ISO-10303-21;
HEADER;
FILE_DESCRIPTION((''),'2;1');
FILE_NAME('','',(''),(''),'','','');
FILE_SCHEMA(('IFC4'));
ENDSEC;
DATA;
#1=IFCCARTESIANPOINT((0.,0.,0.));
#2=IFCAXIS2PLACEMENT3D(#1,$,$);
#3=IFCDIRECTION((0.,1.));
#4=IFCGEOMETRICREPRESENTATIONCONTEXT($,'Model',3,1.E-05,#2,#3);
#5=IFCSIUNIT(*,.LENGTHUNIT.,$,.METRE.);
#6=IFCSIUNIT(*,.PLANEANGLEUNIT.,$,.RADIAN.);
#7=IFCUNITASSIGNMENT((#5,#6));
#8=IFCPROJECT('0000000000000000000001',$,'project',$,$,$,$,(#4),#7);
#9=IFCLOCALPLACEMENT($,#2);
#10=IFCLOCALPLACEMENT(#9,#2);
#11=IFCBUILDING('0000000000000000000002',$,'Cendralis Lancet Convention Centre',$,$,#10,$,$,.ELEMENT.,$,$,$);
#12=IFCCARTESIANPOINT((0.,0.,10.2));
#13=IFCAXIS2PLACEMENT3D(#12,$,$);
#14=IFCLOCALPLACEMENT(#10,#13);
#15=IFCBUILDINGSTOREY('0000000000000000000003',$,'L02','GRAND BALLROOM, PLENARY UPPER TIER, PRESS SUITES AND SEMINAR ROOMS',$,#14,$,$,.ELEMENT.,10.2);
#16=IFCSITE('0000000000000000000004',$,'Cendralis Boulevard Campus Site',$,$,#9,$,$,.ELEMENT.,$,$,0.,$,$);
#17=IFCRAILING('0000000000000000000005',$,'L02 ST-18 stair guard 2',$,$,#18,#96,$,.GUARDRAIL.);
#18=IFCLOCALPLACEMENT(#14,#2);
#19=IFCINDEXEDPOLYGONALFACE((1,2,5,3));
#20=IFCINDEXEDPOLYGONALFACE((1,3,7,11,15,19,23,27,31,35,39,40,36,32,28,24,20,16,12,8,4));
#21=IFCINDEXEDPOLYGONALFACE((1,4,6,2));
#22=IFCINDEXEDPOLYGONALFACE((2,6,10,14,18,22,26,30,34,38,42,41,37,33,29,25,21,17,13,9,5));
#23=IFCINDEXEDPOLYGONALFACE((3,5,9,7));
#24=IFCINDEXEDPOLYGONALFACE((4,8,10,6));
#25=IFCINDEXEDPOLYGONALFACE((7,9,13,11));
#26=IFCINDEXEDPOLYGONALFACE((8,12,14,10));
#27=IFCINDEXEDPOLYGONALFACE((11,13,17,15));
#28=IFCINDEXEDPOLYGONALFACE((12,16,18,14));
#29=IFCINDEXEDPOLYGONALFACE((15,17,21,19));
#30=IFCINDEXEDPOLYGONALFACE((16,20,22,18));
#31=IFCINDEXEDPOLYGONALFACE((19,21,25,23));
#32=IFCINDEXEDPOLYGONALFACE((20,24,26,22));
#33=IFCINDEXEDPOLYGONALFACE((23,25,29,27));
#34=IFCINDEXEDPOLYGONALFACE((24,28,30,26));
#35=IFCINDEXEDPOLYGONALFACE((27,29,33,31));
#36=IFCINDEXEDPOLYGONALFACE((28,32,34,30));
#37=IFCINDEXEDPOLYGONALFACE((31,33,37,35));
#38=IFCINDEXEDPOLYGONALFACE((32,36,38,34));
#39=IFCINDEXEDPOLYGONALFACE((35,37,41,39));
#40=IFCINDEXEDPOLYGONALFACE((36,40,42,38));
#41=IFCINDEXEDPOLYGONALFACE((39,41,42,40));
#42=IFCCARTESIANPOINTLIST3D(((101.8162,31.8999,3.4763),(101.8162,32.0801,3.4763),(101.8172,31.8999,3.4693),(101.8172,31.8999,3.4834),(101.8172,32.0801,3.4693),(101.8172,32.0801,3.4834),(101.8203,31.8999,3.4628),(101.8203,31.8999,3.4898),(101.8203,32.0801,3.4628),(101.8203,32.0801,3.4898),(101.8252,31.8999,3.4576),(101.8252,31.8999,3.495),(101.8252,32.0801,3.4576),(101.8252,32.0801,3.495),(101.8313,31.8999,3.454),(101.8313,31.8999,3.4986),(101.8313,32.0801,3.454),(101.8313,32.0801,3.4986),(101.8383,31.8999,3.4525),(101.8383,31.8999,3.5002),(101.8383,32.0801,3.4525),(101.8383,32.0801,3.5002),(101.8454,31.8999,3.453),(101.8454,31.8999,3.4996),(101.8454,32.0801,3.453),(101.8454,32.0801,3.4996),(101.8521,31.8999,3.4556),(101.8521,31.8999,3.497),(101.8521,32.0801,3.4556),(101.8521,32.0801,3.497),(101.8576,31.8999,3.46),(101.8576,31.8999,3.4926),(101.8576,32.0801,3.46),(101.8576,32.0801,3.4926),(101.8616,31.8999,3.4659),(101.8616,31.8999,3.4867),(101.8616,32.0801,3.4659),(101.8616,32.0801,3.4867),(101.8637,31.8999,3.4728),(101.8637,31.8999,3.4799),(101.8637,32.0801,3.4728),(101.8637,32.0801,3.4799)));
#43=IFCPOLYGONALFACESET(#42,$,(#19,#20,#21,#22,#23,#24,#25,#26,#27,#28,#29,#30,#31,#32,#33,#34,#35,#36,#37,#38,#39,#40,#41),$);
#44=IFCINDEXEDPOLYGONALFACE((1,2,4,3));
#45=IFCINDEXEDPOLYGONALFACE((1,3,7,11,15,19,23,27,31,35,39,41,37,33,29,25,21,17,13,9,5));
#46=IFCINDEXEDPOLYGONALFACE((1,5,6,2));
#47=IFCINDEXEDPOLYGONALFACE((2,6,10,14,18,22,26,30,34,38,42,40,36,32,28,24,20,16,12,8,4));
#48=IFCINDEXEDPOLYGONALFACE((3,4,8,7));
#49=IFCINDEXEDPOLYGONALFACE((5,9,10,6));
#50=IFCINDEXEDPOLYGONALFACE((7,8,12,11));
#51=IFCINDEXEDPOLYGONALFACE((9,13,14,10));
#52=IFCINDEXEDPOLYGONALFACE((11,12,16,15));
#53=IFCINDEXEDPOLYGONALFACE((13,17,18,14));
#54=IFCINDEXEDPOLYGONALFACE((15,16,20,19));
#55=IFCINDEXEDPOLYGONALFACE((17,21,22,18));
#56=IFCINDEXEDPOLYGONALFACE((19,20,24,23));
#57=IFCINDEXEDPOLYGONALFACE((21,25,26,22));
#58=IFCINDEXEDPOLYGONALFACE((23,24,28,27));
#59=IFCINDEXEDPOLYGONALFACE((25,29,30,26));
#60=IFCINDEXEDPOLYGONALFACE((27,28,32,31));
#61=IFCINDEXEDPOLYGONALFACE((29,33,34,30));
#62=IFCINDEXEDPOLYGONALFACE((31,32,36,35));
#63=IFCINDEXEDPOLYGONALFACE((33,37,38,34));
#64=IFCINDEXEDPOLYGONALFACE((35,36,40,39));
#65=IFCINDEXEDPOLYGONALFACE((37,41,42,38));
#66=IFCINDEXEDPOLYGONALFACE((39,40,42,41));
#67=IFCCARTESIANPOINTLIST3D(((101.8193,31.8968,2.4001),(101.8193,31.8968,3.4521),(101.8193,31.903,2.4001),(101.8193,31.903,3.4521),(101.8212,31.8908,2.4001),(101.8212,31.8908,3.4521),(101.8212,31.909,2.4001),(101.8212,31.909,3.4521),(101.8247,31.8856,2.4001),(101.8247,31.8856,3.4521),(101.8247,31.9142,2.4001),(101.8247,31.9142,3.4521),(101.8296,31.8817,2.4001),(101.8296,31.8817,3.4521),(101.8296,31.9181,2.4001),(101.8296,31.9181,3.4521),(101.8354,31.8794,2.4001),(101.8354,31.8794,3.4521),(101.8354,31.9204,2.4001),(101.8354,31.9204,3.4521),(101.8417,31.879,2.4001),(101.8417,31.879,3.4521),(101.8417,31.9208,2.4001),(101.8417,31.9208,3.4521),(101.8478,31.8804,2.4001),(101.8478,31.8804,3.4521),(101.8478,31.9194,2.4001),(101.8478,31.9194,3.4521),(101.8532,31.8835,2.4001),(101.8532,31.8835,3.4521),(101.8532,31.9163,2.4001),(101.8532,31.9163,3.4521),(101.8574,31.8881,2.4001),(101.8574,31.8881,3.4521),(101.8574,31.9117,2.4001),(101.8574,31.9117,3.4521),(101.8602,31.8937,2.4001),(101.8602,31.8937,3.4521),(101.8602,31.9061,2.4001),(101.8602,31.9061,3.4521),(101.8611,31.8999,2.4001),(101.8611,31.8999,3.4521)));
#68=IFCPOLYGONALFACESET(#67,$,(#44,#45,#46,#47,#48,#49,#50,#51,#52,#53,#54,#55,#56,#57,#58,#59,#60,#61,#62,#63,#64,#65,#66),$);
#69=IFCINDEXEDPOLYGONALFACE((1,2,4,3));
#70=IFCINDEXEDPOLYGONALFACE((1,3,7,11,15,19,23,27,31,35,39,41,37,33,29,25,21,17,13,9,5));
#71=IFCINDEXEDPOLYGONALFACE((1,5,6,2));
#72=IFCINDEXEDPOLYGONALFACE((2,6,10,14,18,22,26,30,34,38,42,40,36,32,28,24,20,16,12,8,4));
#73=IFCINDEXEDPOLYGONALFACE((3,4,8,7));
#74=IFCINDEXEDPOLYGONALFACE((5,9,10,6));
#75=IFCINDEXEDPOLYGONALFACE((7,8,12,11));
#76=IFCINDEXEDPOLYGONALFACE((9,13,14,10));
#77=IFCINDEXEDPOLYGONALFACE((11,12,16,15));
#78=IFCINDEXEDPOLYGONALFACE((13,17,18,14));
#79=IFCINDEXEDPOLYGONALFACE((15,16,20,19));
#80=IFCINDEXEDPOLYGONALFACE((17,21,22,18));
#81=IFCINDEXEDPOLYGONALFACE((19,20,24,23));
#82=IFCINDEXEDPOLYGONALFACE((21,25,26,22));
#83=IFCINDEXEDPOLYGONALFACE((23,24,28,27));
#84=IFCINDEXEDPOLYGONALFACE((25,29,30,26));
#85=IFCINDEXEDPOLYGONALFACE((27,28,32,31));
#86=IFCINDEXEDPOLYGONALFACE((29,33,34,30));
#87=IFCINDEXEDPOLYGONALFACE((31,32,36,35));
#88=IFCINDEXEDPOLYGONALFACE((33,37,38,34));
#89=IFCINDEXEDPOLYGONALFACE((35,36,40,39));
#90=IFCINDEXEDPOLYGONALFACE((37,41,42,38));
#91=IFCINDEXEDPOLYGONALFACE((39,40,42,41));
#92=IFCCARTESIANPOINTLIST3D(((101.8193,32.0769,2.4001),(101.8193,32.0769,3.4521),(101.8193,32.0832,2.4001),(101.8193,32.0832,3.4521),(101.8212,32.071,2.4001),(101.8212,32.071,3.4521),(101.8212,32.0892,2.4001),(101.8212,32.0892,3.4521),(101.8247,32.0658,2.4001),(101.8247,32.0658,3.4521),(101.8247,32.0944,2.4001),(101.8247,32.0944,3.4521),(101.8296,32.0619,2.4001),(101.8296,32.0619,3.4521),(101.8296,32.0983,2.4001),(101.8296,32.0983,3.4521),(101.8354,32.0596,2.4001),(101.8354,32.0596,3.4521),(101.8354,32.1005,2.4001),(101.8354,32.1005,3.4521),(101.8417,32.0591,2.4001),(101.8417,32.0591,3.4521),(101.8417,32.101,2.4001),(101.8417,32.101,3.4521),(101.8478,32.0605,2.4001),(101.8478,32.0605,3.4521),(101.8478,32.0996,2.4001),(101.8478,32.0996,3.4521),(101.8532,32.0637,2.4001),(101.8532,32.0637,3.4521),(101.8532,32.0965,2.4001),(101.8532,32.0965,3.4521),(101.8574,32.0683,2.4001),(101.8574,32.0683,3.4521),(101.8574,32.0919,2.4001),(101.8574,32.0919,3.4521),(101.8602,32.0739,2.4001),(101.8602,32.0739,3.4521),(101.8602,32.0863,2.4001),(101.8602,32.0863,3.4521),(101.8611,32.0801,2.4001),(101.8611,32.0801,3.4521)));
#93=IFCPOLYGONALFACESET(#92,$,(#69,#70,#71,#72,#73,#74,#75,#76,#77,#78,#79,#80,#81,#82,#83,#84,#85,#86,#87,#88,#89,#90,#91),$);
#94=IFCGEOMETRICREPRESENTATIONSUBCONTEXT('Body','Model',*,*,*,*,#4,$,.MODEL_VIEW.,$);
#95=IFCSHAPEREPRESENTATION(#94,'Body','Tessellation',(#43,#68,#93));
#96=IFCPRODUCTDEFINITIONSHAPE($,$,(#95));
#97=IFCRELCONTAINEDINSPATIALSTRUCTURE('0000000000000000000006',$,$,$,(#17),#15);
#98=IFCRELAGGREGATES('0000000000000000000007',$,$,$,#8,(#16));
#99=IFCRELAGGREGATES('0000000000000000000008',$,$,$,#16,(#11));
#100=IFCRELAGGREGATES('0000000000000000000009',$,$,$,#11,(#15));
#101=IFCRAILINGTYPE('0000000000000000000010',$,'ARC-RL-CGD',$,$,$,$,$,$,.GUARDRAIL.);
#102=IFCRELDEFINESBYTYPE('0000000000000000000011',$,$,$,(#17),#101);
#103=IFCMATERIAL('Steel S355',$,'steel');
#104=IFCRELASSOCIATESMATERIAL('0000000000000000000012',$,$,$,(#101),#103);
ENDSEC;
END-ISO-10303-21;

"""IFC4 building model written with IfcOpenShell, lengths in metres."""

from ifc_helpers import new_model, si_unit, direction, frame, origin, origin_2d, place, context, subcontext, project, spatial, circle, extrude, material, type_object, element, save


model = new_model("IFC4")

# Units and contexts
model_context = context("Model", 3, precision=1e-05, world=origin(), true_north=direction((0.0, 1.0)))
body_context = subcontext(model_context, "Body", "Model", "MODEL_VIEW")
ifc_project = project(units=[si_unit("LENGTHUNIT", "METRE"), si_unit("PLANEANGLEUNIT", "RADIAN")], contexts=[model_context])

# Site, building, storey
site_placement = place(None, origin())
site = spatial("IfcSite", under=ifc_project, at=site_placement, Name="Cendralis Boulevard Campus Site", CompositionType="ELEMENT", RefElevation=0.0)
building_placement = place(site_placement, origin())
building = spatial("IfcBuilding", under=site, at=building_placement, Name="Cendralis Lancet Convention Centre", CompositionType="ELEMENT")
storey_placement = place(building_placement, frame((0.0, 0.0, 10.2)))
storey = spatial("IfcBuildingStorey", under=building, at=storey_placement, Name="L02", Description="GRAND BALLROOM, PLENARY UPPER TIER, PRESS SUITES AND SEMINAR ROOMS", CompositionType="ELEMENT", Elevation=10.2)

# Shared definitions
ifc_material_1 = material(Name="Steel S355", Category="steel")

# Railing
railing_type_1 = type_object("IfcRailingType", Name="ARC-RL-CGD", PredefinedType="GUARDRAIL", material=ifc_material_1)
railing_1_placement = place(storey_placement, frame((101.8401, 31.8999, 2.4001)))
element("IfcRailing", 1, at=railing_1_placement, inside=storey, type_object=railing_type_1, Name="L02 ST-18 stair guard 2", PredefinedType="GUARDRAIL", context=body_context, shape_type="SweptSolid", body=[
    extrude(circle(Radius=0.0239, at=origin_2d()), frame((0.0, 0.0, 1.0762), z_axis=(0.0, 1.0, 0.0), x_axis=(-1.0, 0.0, 0.0)), (0.0, 0.0, 1.0), 0.1802),
    extrude(circle(Radius=0.021, at=origin_2d()), origin(), (0.0, 0.0, 1.0), 1.052),
    extrude(circle(Radius=0.021, at=origin_2d()), frame((0.0, 0.1802, 0.0)), (0.0, 0.0, 1.0), 1.052),
])

save(model, "model.ifc")
